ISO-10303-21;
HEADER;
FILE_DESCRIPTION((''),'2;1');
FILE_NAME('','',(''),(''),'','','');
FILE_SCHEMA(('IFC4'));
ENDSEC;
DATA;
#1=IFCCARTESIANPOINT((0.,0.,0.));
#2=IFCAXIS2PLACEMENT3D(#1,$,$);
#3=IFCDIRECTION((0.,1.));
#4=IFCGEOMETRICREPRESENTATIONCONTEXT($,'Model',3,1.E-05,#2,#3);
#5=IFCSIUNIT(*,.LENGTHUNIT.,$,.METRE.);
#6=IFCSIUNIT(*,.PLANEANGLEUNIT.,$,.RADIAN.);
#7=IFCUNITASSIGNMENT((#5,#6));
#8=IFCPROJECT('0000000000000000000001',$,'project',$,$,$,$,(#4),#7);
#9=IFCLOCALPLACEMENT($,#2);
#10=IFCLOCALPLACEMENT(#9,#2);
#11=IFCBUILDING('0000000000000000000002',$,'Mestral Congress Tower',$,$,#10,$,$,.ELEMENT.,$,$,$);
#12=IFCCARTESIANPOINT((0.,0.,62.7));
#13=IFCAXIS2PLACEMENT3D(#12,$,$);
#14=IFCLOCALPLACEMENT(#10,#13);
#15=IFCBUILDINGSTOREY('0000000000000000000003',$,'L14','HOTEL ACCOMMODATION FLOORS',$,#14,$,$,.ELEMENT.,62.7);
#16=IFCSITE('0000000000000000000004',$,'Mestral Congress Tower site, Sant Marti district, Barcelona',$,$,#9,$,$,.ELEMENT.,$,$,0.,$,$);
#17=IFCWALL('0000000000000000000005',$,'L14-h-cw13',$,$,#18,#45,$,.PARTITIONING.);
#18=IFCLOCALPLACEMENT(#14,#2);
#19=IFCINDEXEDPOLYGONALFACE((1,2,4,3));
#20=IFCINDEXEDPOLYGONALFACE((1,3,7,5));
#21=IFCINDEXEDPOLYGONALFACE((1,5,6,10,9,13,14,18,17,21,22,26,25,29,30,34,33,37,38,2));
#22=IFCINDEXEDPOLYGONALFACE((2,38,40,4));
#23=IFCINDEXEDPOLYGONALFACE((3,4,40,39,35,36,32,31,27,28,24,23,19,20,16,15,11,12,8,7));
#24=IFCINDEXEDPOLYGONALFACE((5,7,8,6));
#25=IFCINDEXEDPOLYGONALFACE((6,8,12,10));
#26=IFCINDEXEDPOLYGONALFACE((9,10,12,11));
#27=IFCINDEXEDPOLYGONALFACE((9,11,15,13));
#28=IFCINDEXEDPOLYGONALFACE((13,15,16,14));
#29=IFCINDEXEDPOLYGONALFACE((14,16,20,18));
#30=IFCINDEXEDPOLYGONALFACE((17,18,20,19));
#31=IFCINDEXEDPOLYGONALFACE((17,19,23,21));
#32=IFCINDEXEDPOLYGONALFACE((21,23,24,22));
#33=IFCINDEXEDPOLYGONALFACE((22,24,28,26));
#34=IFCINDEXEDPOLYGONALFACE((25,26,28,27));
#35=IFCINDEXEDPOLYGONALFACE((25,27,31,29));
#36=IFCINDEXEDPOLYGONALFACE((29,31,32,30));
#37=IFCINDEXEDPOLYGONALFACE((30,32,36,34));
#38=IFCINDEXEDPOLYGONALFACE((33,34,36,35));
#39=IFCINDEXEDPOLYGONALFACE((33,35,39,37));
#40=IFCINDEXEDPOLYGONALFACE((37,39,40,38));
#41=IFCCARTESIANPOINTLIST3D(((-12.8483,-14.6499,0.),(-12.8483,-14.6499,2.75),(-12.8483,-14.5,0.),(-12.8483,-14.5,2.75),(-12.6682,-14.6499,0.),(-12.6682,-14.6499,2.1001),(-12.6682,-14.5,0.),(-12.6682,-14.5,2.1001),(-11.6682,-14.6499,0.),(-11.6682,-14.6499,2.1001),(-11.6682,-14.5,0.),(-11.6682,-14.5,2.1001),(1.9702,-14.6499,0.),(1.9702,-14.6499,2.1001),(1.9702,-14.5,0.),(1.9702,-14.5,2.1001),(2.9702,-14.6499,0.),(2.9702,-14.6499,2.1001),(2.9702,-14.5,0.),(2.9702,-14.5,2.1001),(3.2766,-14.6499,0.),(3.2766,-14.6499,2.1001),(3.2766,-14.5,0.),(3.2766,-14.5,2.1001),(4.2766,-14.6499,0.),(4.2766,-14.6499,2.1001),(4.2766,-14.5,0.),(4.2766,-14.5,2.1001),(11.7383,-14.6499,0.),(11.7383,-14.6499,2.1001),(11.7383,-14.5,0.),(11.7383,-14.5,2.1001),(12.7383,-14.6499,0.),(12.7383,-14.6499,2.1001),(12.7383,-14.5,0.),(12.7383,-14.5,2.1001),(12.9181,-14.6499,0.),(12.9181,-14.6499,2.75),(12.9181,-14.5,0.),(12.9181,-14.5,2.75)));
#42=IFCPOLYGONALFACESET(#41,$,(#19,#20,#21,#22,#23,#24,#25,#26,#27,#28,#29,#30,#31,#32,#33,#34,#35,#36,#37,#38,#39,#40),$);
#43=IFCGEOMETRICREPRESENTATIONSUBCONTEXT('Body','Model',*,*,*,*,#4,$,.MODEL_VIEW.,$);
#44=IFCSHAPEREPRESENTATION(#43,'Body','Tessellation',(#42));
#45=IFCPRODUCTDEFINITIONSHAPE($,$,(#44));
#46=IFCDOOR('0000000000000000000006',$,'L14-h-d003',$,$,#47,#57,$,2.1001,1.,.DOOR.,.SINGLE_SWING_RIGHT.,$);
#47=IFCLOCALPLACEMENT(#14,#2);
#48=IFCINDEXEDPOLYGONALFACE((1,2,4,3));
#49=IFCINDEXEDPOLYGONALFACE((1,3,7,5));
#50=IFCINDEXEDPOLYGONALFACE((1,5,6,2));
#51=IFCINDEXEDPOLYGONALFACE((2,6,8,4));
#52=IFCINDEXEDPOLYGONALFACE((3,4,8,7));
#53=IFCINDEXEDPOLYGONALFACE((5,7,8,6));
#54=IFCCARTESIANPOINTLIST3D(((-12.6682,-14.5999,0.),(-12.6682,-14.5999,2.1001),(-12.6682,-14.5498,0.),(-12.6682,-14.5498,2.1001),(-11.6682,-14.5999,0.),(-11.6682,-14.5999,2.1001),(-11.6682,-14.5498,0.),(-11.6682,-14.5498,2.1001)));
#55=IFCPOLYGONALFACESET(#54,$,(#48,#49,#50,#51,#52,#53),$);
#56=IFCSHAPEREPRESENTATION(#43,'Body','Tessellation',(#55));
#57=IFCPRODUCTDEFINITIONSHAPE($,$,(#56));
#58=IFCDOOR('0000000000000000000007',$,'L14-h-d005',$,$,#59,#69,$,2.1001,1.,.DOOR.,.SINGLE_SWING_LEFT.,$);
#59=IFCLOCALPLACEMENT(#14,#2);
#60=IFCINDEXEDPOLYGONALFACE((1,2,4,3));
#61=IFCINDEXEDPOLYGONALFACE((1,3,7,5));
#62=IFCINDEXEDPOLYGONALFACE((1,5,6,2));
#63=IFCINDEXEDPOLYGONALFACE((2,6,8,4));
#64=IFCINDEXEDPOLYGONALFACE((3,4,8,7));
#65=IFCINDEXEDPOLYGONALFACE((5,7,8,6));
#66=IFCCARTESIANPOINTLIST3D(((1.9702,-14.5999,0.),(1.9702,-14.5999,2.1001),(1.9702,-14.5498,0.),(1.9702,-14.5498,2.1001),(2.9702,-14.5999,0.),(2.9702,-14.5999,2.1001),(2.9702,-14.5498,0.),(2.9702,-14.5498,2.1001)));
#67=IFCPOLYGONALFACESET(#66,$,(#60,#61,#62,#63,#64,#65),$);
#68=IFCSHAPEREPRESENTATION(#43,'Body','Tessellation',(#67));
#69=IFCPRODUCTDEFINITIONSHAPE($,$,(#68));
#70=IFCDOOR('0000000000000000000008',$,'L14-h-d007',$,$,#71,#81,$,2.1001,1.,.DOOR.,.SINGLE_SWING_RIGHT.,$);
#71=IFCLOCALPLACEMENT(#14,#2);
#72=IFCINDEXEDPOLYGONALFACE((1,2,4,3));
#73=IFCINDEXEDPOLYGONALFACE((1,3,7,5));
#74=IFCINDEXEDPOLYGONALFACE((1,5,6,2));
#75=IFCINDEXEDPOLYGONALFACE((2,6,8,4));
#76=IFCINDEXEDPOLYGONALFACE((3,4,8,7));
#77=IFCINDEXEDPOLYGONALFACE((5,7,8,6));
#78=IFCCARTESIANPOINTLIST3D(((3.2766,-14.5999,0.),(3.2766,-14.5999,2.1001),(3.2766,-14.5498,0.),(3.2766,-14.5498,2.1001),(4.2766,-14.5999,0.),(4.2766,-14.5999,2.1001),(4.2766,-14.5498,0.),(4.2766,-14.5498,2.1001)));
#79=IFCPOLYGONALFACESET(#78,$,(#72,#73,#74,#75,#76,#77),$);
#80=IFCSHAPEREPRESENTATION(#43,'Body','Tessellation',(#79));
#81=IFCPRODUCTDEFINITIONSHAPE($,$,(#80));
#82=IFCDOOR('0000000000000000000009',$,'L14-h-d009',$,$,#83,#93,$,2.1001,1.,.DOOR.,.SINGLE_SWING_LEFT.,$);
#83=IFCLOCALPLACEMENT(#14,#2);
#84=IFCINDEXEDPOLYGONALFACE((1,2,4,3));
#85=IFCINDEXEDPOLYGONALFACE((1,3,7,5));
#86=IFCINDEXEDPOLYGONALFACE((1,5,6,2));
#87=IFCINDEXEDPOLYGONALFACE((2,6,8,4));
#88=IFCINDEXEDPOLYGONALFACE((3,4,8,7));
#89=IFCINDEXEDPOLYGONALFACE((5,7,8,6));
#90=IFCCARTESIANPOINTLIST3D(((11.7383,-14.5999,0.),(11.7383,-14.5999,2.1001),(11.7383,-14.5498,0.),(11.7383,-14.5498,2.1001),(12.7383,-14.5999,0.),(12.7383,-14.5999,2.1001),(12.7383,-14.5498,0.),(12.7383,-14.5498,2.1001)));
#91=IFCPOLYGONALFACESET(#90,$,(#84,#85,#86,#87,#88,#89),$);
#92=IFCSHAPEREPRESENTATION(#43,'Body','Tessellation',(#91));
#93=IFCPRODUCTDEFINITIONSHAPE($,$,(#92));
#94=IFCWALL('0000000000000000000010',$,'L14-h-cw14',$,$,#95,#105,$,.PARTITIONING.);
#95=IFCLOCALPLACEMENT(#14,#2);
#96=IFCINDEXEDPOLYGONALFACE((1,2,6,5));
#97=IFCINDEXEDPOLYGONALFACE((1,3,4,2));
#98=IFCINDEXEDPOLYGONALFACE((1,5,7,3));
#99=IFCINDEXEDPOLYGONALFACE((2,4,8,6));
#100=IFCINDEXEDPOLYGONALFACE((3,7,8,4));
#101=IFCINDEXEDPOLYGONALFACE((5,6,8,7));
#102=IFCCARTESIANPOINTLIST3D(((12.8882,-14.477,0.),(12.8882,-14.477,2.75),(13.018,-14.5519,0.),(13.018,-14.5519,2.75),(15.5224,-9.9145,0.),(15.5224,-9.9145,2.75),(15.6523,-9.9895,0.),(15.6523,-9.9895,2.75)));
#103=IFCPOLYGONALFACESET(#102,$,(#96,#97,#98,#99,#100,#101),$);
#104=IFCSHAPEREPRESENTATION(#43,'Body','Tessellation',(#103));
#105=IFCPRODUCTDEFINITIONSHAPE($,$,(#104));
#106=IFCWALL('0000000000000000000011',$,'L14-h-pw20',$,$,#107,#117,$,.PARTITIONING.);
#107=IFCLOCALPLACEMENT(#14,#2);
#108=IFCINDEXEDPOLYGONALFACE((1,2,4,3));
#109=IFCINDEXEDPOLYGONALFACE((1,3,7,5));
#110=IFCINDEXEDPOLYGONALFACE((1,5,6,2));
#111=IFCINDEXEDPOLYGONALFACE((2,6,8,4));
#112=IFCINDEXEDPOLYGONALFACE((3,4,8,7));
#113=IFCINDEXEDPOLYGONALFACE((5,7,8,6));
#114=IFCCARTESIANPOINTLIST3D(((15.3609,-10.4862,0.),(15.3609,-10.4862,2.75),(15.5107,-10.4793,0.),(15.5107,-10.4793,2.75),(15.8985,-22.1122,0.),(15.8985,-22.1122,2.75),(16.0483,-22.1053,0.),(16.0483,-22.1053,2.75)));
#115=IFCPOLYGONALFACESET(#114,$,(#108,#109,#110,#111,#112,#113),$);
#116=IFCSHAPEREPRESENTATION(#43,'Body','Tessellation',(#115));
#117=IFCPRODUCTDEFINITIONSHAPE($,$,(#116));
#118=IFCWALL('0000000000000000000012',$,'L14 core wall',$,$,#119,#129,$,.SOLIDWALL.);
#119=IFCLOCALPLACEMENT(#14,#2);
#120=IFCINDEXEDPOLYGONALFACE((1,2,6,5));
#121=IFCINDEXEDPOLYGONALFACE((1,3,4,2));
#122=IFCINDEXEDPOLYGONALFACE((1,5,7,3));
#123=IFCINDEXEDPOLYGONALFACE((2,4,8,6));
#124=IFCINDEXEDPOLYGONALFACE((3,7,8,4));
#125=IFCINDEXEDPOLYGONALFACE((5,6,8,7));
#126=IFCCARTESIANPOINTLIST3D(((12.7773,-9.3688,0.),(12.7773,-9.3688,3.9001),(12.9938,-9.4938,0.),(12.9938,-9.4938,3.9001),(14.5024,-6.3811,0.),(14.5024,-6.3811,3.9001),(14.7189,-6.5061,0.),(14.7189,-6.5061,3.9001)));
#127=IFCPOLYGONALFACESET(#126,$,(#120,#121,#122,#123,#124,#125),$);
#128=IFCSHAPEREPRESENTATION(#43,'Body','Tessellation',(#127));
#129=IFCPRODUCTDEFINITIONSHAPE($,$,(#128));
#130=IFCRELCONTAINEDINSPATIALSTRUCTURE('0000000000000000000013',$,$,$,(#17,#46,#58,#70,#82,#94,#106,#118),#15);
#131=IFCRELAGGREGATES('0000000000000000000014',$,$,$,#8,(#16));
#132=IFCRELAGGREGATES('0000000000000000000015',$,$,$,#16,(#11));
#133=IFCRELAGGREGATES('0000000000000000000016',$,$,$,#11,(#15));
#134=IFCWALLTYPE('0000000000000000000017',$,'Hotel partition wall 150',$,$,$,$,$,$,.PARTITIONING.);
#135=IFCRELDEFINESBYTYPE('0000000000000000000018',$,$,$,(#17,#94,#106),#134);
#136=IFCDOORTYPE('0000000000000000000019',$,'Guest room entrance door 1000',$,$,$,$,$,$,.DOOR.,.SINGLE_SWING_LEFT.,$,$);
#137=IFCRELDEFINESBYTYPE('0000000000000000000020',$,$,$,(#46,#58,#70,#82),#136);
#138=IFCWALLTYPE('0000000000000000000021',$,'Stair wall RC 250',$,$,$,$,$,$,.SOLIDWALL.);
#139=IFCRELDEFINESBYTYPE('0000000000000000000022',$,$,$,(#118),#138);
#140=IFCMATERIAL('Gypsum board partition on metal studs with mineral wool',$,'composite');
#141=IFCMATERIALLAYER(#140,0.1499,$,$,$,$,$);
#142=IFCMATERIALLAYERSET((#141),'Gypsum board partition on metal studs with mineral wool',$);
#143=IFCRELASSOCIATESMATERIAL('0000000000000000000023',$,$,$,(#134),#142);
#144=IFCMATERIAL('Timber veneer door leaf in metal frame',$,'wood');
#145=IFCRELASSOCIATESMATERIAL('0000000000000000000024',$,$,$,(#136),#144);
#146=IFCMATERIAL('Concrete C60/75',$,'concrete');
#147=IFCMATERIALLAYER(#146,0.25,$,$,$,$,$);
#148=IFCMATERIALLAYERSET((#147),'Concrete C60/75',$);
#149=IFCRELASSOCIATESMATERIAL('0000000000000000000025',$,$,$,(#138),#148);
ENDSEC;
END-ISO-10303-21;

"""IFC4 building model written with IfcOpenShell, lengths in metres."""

from ifc_helpers import new_model, si_unit, direction, frame, frame_2d, origin, place, context, subcontext, project, spatial, rectangle, extrude, material, layer, layer_set, type_object, element, fill, save


model = new_model("IFC4")

# Units and contexts
model_context = context("Model", 3, precision=1e-05, world=origin(), true_north=direction((0.0, 1.0)))
body_context = subcontext(model_context, "Body", "Model", "MODEL_VIEW")
ifc_project = project(units=[si_unit("LENGTHUNIT", "METRE"), si_unit("PLANEANGLEUNIT", "RADIAN")], contexts=[model_context])

# Site, building, storey
site_placement = place(None, origin())
site = spatial("IfcSite", under=ifc_project, at=site_placement, Name="Mestral Congress Tower site, Sant Marti district, Barcelona", CompositionType="ELEMENT", RefElevation=0.0)
building_placement = place(site_placement, origin())
building = spatial("IfcBuilding", under=site, at=building_placement, Name="Mestral Congress Tower", CompositionType="ELEMENT")
storey_placement = place(building_placement, frame((0.0, 0.0, 62.7)))
storey = spatial("IfcBuildingStorey", under=building, at=storey_placement, Name="L14", Description="HOTEL ACCOMMODATION FLOORS", CompositionType="ELEMENT", Elevation=62.7)

# Shared definitions
ifc_material_1 = material(Name="Concrete C60/75", Category="concrete")

# Shared definitions
ifc_material_2 = material(Name="Gypsum board partition on metal studs with mineral wool", Category="composite")

# Wall, openings, doors
ifc_layer_1 = layer(ifc_material_2, 0.1499)
ifc_layer_set_1 = layer_set([ifc_layer_1], Name="Gypsum board partition on metal studs with mineral wool")
wall_type_1 = type_object("IfcWallType", Name="Hotel partition wall 150", PredefinedType="PARTITIONING", material=ifc_layer_set_1)
wall_1_placement = place(storey_placement, frame((12.9182, -14.575, 0.0), z_axis=(0.0, 0.0, 1.0), x_axis=(-1.0, 0.0, 0.0)))
wall_1 = element("IfcWall", 1, at=wall_1_placement, inside=storey, type_object=wall_type_1, Name="L14-h-cw13", PredefinedType="PARTITIONING", context=body_context, shape_type="SweptSolid", body=[
    extrude(rectangle(XDim=25.7664, YDim=0.1499, at=frame_2d((12.8833, 0.0))), origin(), (0.0, 0.0, 1.0), 2.75),
])
opening_1_placement = place(wall_1_placement, frame((24.5864, 0.0, 0.0)))
opening_1 = element("IfcOpeningElement", 2, at=opening_1_placement, cuts=wall_1, PredefinedType="OPENING", context=body_context, shape_type="SweptSolid", body=[
    extrude(rectangle(XDim=1.0, YDim=2.1001, at=frame_2d((0.5, 1.05))), frame((0.0, 0.085, 0.0), z_axis=(0.0, -1.0, 0.0), x_axis=(1.0, 0.0, 0.0)), (0.0, 0.0, 1.0), 0.1699),
])
opening_2_placement = place(wall_1_placement, frame((9.948, 0.0, 0.0)))
opening_2 = element("IfcOpeningElement", 3, at=opening_2_placement, cuts=wall_1, PredefinedType="OPENING", context=body_context, shape_type="SweptSolid", body=[
    extrude(rectangle(XDim=1.0, YDim=2.1001, at=frame_2d((0.5, 1.05))), frame((0.0, 0.085, 0.0), z_axis=(0.0, -1.0, 0.0), x_axis=(1.0, 0.0, 0.0)), (0.0, 0.0, 1.0), 0.1699),
])
opening_3_placement = place(wall_1_placement, frame((8.6416, 0.0, 0.0)))
opening_3 = element("IfcOpeningElement", 4, at=opening_3_placement, cuts=wall_1, PredefinedType="OPENING", context=body_context, shape_type="SweptSolid", body=[
    extrude(rectangle(XDim=1.0, YDim=2.1001, at=frame_2d((0.5, 1.05))), frame((0.0, 0.085, 0.0), z_axis=(0.0, -1.0, 0.0), x_axis=(1.0, 0.0, 0.0)), (0.0, 0.0, 1.0), 0.1699),
])
opening_4_placement = place(wall_1_placement, frame((0.1799, 0.0, 0.0)))
opening_4 = element("IfcOpeningElement", 5, at=opening_4_placement, cuts=wall_1, PredefinedType="OPENING", context=body_context, shape_type="SweptSolid", body=[
    extrude(rectangle(XDim=1.0, YDim=2.1001, at=frame_2d((0.5, 1.05))), frame((0.0, 0.085, 0.0), z_axis=(0.0, -1.0, 0.0), x_axis=(1.0, 0.0, 0.0)), (0.0, 0.0, 1.0), 0.1699),
])
ifc_material_3 = material(Name="Timber veneer door leaf in metal frame", Category="wood")
door_type_1 = type_object("IfcDoorType", Name="Guest room entrance door 1000", OperationType="SINGLE_SWING_LEFT", PredefinedType="DOOR", material=ifc_material_3)
door_1_placement = place(opening_1_placement, origin())
door_1 = element("IfcDoor", 6, at=door_1_placement, inside=storey, type_object=door_type_1, Name="L14-h-d003", OperationType="SINGLE_SWING_RIGHT", OverallHeight=2.1001, OverallWidth=1.0, PredefinedType="DOOR", context=body_context, shape_type="SweptSolid", body=[
    extrude(rectangle(XDim=1.0, YDim=2.1001, at=frame_2d((0.5, 1.05))), frame((0.0, 0.0249, 0.0), z_axis=(0.0, -1.0, 0.0), x_axis=(1.0, 0.0, 0.0)), (0.0, 0.0, 1.0), 0.05),
])
fill(opening_1, door_1)
door_2_placement = place(opening_2_placement, origin())
door_2 = element("IfcDoor", 7, at=door_2_placement, inside=storey, type_object=door_type_1, Name="L14-h-d005", OperationType="SINGLE_SWING_LEFT", OverallHeight=2.1001, OverallWidth=1.0, PredefinedType="DOOR", context=body_context, shape_type="SweptSolid", body=[
    extrude(rectangle(XDim=1.0, YDim=2.1001, at=frame_2d((0.5, 1.05))), frame((0.0, 0.0249, 0.0), z_axis=(0.0, -1.0, 0.0), x_axis=(1.0, 0.0, 0.0)), (0.0, 0.0, 1.0), 0.05),
])
fill(opening_2, door_2)
door_3_placement = place(opening_3_placement, origin())
door_3 = element("IfcDoor", 8, at=door_3_placement, inside=storey, type_object=door_type_1, Name="L14-h-d007", OperationType="SINGLE_SWING_RIGHT", OverallHeight=2.1001, OverallWidth=1.0, PredefinedType="DOOR", context=body_context, shape_type="SweptSolid", body=[
    extrude(rectangle(XDim=1.0, YDim=2.1001, at=frame_2d((0.5, 1.05))), frame((0.0, 0.0249, 0.0), z_axis=(0.0, -1.0, 0.0), x_axis=(1.0, 0.0, 0.0)), (0.0, 0.0, 1.0), 0.05),
])
fill(opening_3, door_3)
door_4_placement = place(opening_4_placement, origin())
door_4 = element("IfcDoor", 9, at=door_4_placement, inside=storey, type_object=door_type_1, Name="L14-h-d009", OperationType="SINGLE_SWING_LEFT", OverallHeight=2.1001, OverallWidth=1.0, PredefinedType="DOOR", context=body_context, shape_type="SweptSolid", body=[
    extrude(rectangle(XDim=1.0, YDim=2.1001, at=frame_2d((0.5, 1.05))), frame((0.0, 0.0249, 0.0), z_axis=(0.0, -1.0, 0.0), x_axis=(1.0, 0.0, 0.0)), (0.0, 0.0, 1.0), 0.05),
])
fill(opening_4, door_4)

# Walls
wall_2_placement = place(storey_placement, frame((15.5874, -9.9519, 0.0), z_axis=(0.0, 0.0, 1.0), x_axis=(-0.500017, -0.866016, 0.0)))
element("IfcWall", 10, at=wall_2_placement, inside=storey, type_object=wall_type_1, Name="L14-h-cw14", PredefinedType="PARTITIONING", context=body_context, shape_type="SweptSolid", body=[
    extrude(rectangle(XDim=5.2683, YDim=0.1499, at=frame_2d((2.6343, 0.0))), origin(), (0.0, 0.0, 1.0), 2.75),
])
wall_3_placement = place(storey_placement, frame((15.9734, -22.1089, 0.0), z_axis=(0.0, 0.0, 1.0), x_axis=(-0.046192, 0.998933, 0.0)))
element("IfcWall", 11, at=wall_3_placement, inside=storey, type_object=wall_type_1, Name="L14-h-pw20", PredefinedType="PARTITIONING", context=body_context, shape_type="SweptSolid", body=[
    extrude(rectangle(XDim=11.6384, YDim=0.1499, at=frame_2d((5.8193, 0.0))), origin(), (0.0, 0.0, 1.0), 2.75),
])
ifc_layer_2 = layer(ifc_material_1, 0.25)
ifc_layer_set_2 = layer_set([ifc_layer_2], Name="Concrete C60/75")
wall_type_2 = type_object("IfcWallType", Name="Stair wall RC 250", PredefinedType="SOLIDWALL", material=ifc_layer_set_2)
wall_4_placement = place(storey_placement, frame((12.8855, -9.4314, 0.0), z_axis=(0.0, 0.0, 1.0), x_axis=(0.500021, 0.866014, 0.0)))
element("IfcWall", 12, at=wall_4_placement, inside=storey, type_object=wall_type_2, Name="L14 core wall", PredefinedType="SOLIDWALL", context=body_context, shape_type="SweptSolid", body=[
    extrude(rectangle(XDim=3.45, YDim=0.25, at=frame_2d((1.7251, 0.0))), origin(), (0.0, 0.0, 1.0), 3.9001),
])

save(model, "model.ifc")
